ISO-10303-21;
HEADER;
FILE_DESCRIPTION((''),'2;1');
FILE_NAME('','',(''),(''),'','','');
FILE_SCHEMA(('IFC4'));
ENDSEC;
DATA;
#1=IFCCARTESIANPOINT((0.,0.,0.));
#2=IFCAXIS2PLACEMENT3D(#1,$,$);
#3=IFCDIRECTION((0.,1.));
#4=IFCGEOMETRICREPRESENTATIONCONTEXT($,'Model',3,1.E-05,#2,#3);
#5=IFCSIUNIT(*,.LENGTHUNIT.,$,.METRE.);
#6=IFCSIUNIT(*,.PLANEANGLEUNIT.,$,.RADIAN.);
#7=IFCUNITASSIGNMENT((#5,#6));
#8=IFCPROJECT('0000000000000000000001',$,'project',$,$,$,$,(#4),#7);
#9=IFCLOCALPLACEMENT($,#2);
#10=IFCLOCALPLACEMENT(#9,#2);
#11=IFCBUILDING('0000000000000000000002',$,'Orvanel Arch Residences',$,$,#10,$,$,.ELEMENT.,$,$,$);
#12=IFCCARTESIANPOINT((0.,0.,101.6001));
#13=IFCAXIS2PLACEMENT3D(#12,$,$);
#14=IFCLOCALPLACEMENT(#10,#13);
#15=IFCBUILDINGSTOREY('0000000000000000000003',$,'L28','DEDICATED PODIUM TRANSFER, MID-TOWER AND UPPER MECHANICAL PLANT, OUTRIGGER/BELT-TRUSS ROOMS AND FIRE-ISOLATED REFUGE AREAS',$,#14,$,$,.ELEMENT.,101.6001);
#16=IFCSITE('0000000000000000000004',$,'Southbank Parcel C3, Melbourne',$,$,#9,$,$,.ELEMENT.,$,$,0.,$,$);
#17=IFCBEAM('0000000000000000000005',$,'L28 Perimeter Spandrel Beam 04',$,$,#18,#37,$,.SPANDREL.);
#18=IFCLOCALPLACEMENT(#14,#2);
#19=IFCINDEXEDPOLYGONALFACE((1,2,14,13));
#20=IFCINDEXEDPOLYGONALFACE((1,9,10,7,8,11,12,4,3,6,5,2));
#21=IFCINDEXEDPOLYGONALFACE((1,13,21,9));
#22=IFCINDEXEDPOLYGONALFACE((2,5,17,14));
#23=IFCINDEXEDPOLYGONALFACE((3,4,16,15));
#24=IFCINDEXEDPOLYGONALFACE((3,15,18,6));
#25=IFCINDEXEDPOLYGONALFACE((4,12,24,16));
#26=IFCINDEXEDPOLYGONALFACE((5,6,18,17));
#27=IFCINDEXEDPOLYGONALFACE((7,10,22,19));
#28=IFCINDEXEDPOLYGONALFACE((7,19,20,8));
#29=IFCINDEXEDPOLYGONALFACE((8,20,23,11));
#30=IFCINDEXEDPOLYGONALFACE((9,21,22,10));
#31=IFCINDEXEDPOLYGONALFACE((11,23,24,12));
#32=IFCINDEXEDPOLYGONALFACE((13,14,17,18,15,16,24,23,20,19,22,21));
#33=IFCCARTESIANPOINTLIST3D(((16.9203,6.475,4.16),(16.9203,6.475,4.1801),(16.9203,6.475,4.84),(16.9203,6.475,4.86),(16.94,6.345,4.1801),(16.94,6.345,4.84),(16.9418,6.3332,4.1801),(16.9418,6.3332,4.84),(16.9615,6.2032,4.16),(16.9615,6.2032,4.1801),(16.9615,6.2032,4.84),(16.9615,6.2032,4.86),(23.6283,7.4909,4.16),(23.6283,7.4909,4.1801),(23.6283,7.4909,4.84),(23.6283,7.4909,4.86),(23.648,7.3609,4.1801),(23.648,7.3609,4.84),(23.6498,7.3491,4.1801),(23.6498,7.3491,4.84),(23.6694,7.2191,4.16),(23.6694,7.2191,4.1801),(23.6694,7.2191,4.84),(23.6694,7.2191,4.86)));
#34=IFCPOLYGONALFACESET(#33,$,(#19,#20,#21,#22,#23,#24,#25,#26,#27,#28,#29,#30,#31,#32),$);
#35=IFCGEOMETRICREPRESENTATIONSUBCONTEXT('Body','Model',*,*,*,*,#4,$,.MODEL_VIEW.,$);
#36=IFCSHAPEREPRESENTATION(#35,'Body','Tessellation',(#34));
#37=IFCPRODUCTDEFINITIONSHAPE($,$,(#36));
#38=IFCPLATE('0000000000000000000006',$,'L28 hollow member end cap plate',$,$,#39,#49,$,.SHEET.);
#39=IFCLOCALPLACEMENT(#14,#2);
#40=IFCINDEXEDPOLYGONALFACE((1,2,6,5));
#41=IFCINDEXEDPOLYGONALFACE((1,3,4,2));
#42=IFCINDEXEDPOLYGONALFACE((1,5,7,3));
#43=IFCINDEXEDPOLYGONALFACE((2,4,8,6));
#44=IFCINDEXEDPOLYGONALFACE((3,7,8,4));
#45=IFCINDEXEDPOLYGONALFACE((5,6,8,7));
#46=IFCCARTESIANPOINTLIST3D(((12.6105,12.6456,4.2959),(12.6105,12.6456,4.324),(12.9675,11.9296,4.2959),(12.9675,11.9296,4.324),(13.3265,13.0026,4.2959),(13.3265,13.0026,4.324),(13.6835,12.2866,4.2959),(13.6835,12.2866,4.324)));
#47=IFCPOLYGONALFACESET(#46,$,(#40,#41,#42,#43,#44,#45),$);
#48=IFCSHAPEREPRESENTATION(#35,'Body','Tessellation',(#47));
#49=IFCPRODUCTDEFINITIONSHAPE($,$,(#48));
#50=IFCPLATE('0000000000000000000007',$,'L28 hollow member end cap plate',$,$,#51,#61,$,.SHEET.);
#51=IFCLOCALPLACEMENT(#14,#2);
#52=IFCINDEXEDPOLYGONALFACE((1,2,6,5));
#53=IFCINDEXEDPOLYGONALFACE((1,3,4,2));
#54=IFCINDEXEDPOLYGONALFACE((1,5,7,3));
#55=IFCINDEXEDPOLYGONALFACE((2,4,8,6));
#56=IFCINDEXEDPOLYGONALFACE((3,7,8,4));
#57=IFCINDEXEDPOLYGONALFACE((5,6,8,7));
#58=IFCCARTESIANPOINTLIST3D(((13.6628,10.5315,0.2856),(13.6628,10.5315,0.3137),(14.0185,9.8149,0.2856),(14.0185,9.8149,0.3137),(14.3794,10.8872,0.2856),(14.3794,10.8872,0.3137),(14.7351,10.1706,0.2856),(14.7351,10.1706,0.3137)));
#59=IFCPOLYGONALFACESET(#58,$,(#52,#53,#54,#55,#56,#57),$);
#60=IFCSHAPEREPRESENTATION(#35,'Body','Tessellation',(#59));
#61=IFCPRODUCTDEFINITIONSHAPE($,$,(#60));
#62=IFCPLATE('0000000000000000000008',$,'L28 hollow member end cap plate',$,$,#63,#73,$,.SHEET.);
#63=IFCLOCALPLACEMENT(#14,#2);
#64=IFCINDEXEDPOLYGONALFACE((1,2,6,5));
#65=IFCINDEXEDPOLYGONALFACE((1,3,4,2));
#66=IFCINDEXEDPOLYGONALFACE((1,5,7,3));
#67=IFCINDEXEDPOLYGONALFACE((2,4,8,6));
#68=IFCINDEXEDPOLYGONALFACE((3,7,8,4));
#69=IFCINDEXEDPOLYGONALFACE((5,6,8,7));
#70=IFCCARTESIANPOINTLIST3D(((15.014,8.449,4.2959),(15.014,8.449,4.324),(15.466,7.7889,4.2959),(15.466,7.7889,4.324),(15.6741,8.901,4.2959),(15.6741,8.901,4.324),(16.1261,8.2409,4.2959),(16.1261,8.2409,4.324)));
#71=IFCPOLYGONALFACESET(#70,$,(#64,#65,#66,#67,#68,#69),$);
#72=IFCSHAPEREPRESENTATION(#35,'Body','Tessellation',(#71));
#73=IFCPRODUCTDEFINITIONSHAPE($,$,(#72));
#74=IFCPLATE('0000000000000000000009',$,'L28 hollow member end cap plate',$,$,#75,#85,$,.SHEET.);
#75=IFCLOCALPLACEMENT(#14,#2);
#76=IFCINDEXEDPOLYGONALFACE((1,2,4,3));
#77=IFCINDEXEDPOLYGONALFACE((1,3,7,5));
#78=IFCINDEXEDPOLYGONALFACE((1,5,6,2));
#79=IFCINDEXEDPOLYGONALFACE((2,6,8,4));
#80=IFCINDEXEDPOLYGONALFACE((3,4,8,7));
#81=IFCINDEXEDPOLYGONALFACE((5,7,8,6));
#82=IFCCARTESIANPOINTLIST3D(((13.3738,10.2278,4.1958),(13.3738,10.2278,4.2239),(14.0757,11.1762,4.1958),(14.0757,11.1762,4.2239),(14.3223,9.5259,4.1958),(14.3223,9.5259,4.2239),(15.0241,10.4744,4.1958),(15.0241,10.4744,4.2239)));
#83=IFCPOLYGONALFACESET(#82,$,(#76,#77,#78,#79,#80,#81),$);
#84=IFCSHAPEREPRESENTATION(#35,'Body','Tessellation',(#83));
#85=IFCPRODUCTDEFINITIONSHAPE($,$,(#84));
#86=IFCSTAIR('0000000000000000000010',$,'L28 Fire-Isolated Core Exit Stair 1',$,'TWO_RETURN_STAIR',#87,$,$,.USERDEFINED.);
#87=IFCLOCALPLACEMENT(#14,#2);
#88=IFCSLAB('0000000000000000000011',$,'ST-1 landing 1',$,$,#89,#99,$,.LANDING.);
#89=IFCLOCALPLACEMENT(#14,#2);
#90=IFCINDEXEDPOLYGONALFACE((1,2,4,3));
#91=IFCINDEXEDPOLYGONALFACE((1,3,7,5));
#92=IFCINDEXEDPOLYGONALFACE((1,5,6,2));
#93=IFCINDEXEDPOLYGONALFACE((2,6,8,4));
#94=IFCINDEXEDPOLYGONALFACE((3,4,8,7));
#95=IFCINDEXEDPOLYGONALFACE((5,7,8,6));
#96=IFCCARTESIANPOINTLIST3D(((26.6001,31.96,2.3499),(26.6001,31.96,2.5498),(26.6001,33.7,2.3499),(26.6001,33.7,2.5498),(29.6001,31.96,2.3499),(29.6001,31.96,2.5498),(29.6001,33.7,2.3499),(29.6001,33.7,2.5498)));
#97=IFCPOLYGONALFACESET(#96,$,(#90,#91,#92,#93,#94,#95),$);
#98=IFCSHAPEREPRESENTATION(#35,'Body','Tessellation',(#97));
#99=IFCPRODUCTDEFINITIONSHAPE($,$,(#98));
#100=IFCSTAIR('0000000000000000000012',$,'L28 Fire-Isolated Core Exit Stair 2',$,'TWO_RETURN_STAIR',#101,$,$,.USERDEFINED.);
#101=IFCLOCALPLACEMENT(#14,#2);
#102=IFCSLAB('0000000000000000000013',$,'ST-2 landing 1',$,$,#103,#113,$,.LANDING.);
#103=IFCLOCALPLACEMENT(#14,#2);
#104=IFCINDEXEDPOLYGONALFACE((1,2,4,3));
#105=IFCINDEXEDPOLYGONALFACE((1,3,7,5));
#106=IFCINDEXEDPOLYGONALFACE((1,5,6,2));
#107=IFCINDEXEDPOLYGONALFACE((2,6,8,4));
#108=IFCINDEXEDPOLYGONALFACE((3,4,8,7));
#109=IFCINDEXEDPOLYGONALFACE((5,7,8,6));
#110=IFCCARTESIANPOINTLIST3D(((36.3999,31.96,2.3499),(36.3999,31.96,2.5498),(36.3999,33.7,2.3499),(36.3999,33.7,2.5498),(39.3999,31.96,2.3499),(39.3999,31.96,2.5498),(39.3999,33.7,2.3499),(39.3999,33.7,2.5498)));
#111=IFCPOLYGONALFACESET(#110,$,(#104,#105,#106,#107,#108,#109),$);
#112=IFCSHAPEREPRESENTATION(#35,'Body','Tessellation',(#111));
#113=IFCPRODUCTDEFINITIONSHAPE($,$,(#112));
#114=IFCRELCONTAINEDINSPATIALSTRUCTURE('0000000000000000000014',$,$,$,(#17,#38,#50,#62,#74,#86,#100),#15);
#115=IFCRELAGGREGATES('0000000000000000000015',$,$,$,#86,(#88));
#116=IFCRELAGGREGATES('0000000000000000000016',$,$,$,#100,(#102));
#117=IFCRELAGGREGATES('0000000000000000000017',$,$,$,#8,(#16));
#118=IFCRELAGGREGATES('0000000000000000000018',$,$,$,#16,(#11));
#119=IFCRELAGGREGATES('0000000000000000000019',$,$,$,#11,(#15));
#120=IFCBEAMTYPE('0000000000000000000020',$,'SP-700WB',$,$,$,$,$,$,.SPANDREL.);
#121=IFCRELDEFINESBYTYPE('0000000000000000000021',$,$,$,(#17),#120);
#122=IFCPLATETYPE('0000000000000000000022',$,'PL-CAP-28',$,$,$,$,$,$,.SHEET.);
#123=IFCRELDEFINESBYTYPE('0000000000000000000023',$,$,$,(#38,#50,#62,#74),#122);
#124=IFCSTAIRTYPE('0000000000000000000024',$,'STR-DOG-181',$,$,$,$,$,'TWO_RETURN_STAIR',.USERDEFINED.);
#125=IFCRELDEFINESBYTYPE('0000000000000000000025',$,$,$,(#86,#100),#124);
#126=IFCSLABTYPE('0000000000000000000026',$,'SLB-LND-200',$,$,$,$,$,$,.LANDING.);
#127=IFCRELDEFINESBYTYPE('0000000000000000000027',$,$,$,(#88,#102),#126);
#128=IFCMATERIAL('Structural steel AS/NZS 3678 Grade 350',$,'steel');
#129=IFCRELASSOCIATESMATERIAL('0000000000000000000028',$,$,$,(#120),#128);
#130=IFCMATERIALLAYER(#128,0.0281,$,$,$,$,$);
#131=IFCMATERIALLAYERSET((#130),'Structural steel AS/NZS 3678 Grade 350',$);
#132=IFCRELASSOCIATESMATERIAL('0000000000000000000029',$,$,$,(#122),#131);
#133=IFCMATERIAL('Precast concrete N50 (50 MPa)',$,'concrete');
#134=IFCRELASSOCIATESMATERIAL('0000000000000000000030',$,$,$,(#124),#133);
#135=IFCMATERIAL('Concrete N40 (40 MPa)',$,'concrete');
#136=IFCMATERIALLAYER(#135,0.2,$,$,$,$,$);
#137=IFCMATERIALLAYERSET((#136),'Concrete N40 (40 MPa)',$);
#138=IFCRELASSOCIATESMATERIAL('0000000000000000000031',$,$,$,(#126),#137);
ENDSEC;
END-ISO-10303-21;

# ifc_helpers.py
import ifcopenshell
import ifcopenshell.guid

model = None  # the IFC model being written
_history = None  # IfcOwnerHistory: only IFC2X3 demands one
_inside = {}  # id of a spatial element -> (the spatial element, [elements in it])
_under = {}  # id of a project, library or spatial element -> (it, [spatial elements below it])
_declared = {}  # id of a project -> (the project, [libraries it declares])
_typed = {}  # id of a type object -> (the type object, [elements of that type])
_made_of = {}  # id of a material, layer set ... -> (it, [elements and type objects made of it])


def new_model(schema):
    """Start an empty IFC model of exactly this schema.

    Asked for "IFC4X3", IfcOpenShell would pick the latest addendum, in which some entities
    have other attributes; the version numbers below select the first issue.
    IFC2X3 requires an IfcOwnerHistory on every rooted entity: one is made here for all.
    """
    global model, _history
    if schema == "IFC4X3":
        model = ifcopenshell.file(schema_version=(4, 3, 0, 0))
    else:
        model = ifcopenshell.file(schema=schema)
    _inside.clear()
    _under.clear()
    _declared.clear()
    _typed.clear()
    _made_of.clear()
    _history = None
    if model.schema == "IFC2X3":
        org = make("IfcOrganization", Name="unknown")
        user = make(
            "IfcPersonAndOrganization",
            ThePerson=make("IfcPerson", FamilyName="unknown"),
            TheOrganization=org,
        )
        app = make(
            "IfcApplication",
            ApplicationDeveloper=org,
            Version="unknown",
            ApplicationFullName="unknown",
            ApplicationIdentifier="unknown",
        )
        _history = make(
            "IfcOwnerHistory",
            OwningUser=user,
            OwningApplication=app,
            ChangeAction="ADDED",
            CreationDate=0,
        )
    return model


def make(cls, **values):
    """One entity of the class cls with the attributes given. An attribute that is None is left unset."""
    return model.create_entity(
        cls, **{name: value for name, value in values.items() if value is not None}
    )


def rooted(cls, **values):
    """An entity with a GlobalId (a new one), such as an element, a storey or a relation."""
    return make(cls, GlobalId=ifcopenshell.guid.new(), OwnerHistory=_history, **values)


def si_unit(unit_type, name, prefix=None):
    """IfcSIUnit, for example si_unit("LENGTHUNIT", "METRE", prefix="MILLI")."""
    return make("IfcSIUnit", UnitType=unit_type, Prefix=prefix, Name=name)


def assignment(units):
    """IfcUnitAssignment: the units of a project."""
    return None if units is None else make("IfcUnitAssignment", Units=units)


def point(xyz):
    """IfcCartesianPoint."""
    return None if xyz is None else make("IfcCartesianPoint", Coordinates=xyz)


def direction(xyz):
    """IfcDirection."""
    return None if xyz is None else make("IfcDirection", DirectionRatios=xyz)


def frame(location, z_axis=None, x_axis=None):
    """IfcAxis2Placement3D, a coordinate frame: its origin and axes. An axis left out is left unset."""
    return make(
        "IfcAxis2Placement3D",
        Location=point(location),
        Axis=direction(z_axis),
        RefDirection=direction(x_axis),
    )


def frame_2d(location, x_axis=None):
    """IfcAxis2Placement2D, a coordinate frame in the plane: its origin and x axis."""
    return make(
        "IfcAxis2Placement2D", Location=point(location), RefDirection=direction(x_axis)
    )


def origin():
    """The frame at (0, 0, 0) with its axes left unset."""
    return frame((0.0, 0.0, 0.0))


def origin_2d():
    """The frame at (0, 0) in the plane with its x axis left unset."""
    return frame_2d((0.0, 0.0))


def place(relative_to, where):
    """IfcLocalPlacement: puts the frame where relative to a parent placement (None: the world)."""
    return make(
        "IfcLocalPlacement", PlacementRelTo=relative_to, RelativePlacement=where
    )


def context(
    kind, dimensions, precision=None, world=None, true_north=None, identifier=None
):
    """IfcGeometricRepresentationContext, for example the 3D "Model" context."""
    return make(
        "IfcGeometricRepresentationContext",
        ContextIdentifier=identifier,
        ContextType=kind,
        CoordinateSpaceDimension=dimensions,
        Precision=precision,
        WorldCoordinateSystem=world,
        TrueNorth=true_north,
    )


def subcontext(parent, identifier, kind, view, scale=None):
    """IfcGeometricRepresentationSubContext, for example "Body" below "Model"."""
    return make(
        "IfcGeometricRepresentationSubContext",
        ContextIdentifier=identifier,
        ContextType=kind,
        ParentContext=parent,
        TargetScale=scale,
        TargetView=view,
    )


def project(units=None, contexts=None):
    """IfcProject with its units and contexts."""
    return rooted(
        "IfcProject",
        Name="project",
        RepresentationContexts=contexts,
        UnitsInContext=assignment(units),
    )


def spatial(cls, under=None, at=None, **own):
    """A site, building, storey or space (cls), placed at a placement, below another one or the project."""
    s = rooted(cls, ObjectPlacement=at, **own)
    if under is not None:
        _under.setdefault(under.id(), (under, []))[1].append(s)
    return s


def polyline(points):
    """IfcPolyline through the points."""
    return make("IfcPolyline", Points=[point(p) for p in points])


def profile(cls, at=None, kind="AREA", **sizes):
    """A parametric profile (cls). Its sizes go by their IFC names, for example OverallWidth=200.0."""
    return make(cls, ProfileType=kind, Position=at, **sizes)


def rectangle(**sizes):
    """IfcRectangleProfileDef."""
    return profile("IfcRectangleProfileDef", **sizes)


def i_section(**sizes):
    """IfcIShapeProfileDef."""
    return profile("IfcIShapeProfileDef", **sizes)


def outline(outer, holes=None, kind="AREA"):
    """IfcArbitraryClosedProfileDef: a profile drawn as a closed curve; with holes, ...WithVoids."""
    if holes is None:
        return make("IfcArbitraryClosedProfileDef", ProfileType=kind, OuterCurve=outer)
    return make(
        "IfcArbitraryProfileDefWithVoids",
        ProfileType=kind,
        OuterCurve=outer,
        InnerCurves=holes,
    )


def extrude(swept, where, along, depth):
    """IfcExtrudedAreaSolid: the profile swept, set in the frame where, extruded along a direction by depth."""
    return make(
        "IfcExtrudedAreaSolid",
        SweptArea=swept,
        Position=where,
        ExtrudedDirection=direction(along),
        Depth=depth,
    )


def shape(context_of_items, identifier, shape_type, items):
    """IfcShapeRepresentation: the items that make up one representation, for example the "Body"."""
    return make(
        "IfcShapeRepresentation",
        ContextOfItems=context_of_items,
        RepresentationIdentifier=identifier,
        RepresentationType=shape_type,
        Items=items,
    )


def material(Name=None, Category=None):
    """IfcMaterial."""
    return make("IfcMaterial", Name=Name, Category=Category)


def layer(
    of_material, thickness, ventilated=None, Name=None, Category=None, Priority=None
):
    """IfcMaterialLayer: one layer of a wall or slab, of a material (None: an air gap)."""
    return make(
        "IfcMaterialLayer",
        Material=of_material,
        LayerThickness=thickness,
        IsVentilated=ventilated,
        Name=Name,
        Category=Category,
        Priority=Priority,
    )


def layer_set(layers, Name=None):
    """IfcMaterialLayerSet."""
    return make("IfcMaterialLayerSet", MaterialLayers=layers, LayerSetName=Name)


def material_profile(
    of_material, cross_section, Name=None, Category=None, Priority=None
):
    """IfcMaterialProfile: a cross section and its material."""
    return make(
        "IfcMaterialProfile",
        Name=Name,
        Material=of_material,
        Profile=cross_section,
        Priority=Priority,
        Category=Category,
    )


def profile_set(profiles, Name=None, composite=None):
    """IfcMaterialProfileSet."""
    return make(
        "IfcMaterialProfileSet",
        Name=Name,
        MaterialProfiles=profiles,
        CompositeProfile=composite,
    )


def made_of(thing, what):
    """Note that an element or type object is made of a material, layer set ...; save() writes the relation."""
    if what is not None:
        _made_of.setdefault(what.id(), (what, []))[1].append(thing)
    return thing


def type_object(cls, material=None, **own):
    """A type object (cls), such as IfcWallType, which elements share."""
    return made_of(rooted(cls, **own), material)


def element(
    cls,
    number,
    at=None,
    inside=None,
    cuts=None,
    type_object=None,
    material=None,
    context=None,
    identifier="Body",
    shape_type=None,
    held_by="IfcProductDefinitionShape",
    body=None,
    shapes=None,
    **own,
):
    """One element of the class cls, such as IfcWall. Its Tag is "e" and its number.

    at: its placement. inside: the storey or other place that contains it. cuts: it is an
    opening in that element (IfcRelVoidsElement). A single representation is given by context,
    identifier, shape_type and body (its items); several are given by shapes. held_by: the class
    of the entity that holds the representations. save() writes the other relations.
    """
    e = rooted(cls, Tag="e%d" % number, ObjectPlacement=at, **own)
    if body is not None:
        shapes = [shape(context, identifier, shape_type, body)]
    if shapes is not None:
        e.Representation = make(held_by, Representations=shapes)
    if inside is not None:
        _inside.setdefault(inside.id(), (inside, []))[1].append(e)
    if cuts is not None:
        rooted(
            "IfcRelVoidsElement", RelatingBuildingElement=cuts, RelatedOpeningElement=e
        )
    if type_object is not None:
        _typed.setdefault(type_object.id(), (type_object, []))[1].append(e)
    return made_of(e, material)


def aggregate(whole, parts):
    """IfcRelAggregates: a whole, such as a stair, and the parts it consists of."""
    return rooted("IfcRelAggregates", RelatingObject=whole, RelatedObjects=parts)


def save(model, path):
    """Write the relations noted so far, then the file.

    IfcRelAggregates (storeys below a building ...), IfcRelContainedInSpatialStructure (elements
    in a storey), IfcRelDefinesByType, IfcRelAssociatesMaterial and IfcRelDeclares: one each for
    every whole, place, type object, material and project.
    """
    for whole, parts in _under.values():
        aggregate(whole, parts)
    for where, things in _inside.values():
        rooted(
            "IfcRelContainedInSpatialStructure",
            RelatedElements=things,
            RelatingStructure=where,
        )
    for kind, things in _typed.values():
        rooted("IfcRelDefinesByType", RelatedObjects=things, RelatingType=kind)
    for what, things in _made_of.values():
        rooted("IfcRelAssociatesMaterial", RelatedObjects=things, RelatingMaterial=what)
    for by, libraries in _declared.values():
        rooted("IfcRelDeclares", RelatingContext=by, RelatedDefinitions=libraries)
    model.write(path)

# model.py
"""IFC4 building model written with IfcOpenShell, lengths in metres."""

from ifc_helpers import new_model, si_unit, direction, frame, origin, origin_2d, place, context, subcontext, project, spatial, polyline, rectangle, i_section, outline, extrude, material, layer, layer_set, material_profile, profile_set, type_object, element, aggregate, save


model = new_model("IFC4")

# Units and contexts
model_context = context("Model", 3, precision=1e-05, world=origin(), true_north=direction((0.0, 1.0)))
body_context = subcontext(model_context, "Body", "Model", "MODEL_VIEW")
ifc_project = project(units=[si_unit("LENGTHUNIT", "METRE"), si_unit("PLANEANGLEUNIT", "RADIAN")], contexts=[model_context])

# Site, building, storey
site_placement = place(None, origin())
site = spatial("IfcSite", under=ifc_project, at=site_placement, Name="Southbank Parcel C3, Melbourne", CompositionType="ELEMENT", RefElevation=0.0)
building_placement = place(site_placement, origin())
building = spatial("IfcBuilding", under=site, at=building_placement, Name="Orvanel Arch Residences", CompositionType="ELEMENT")
storey_placement = place(building_placement, frame((0.0, 0.0, 101.6001)))
storey = spatial("IfcBuildingStorey", under=building, at=storey_placement, Name="L28", Description="DEDICATED PODIUM TRANSFER, MID-TOWER AND UPPER MECHANICAL PLANT, OUTRIGGER/BELT-TRUSS ROOMS AND FIRE-ISOLATED REFUGE AREAS", CompositionType="ELEMENT", Elevation=101.6001)

# Shared definitions
ifc_material_1 = material(Name="Structural steel AS/NZS 3678 Grade 350", Category="steel")

# Beam
ifc_material_profile_1 = material_profile(ifc_material_1, i_section(OverallWidth=0.2749, OverallDepth=0.7, WebThickness=0.012, FlangeThickness=0.02, at=origin_2d()), Name="700WB150")
ifc_profile_set_1 = profile_set([ifc_material_profile_1], Name="Structural steel AS/NZS 3678 Grade 350")
beam_type_1 = type_object("IfcBeamType", Name="SP-700WB", PredefinedType="SPANDREL", material=ifc_profile_set_1)
beam_1_placement = place(storey_placement, frame((16.9409, 6.3391, 4.51), z_axis=(0.988726, 0.149734, 0.0), x_axis=(-0.149734, 0.988726, 0.0)))
element("IfcBeam", 1, at=beam_1_placement, inside=storey, type_object=beam_type_1, Name="L28 Perimeter Spandrel Beam 04", PredefinedType="SPANDREL", context=body_context, shape_type="SweptSolid", body=[
    extrude(i_section(OverallWidth=0.2749, OverallDepth=0.7, WebThickness=0.012, FlangeThickness=0.02, at=origin_2d()), origin(), (0.0, 0.0, 1.0), 6.7844),
])

# Plates
ifc_layer_1 = layer(ifc_material_1, 0.0281)
ifc_layer_set_1 = layer_set([ifc_layer_1], Name="Structural steel AS/NZS 3678 Grade 350")
plate_type = type_object("IfcPlateType", Name="PL-CAP-28", PredefinedType="SHEET", material=ifc_layer_set_1)
for number, where, z_axis, x_axis, name in (
    (2, (13.147, 12.4661, 4.2959), (0.0, 0.0, 1.0), (-0.446198, 0.894934, 0.0), "L28 hollow member end cap plate"),
    (3, (14.199, 10.3511, 0.2856), (0.0, 0.0, 1.0), (-0.444635, 0.895712, 0.0), "L28 hollow member end cap plate"),
    (4, (15.5701, 8.345, 4.2959), (0.0, 0.0, 1.0), (-0.564967, 0.825113, 0.0), "L28 hollow member end cap plate"),
):
    element("IfcPlate", number, at=place(storey_placement, frame(where, z_axis=z_axis, x_axis=x_axis)), inside=storey, type_object=plate_type, Name=name, PredefinedType="SHEET", context=body_context, shape_type="SweptSolid", body=[
        extrude(rectangle(XDim=0.8, YDim=0.8, at=origin_2d()), origin(), (0.0, 0.0, 1.0), 0.0281),
    ])
plate_placement = place(storey_placement, frame((14.199, 10.3511, 4.1958), z_axis=(0.0, 0.0, 1.0), x_axis=(0.594823, 0.803857, 0.0)))
element("IfcPlate", 5, at=plate_placement, inside=storey, type_object=plate_type, Name="L28 hollow member end cap plate", PredefinedType="SHEET", context=body_context, shape_type="SweptSolid", body=[
    extrude(rectangle(XDim=1.1799, YDim=1.1799, at=origin_2d()), origin(), (0.0, 0.0, 1.0), 0.0281),
])

# Stairs, slabs
ifc_material_2 = material(Name="Precast concrete N50 (50 MPa)", Category="concrete")
stair_type = type_object("IfcStairType", Name="STR-DOG-181", ElementType="TWO_RETURN_STAIR", PredefinedType="USERDEFINED", material=ifc_material_2)
stair_1_placement = place(storey_placement, origin())
stair_1 = element("IfcStair", 6, at=stair_1_placement, inside=storey, type_object=stair_type, Name="L28 Fire-Isolated Core Exit Stair 1", ObjectType="TWO_RETURN_STAIR", PredefinedType="USERDEFINED")
ifc_material_3 = material(Name="Concrete N40 (40 MPa)", Category="concrete")
ifc_layer_2 = layer(ifc_material_3, 0.2)
ifc_layer_set_2 = layer_set([ifc_layer_2], Name="Concrete N40 (40 MPa)")
slab_type_1 = type_object("IfcSlabType", Name="SLB-LND-200", PredefinedType="LANDING", material=ifc_layer_set_2)
slab_1_placement = place(storey_placement, frame((0.0, 0.0, 2.3499)))
slab_1 = element("IfcSlab", 7, at=slab_1_placement, type_object=slab_type_1, Name="ST-1 landing 1", PredefinedType="LANDING", context=body_context, shape_type="SweptSolid", body=[
    extrude(outline(polyline([(29.6001, 31.96), (29.6001, 33.7), (26.6001, 33.7), (26.6001, 31.96), (29.6001, 31.96)])), origin(), (0.0, 0.0, 1.0), 0.2),
])
aggregate(stair_1, [slab_1])
stair_2_placement = place(storey_placement, origin())
stair_2 = element("IfcStair", 8, at=stair_2_placement, inside=storey, type_object=stair_type, Name="L28 Fire-Isolated Core Exit Stair 2", ObjectType="TWO_RETURN_STAIR", PredefinedType="USERDEFINED")
slab_2_placement = place(storey_placement, frame((0.0, 0.0, 2.3499)))
slab_2 = element("IfcSlab", 9, at=slab_2_placement, type_object=slab_type_1, Name="ST-2 landing 1", PredefinedType="LANDING", context=body_context, shape_type="SweptSolid", body=[
    extrude(outline(polyline([(39.3999, 31.96), (39.3999, 33.7), (36.3999, 33.7), (36.3999, 31.96), (39.3999, 31.96)])), origin(), (0.0, 0.0, 1.0), 0.2),
])
aggregate(stair_2, [slab_2])

save(model, "model.ifc")
